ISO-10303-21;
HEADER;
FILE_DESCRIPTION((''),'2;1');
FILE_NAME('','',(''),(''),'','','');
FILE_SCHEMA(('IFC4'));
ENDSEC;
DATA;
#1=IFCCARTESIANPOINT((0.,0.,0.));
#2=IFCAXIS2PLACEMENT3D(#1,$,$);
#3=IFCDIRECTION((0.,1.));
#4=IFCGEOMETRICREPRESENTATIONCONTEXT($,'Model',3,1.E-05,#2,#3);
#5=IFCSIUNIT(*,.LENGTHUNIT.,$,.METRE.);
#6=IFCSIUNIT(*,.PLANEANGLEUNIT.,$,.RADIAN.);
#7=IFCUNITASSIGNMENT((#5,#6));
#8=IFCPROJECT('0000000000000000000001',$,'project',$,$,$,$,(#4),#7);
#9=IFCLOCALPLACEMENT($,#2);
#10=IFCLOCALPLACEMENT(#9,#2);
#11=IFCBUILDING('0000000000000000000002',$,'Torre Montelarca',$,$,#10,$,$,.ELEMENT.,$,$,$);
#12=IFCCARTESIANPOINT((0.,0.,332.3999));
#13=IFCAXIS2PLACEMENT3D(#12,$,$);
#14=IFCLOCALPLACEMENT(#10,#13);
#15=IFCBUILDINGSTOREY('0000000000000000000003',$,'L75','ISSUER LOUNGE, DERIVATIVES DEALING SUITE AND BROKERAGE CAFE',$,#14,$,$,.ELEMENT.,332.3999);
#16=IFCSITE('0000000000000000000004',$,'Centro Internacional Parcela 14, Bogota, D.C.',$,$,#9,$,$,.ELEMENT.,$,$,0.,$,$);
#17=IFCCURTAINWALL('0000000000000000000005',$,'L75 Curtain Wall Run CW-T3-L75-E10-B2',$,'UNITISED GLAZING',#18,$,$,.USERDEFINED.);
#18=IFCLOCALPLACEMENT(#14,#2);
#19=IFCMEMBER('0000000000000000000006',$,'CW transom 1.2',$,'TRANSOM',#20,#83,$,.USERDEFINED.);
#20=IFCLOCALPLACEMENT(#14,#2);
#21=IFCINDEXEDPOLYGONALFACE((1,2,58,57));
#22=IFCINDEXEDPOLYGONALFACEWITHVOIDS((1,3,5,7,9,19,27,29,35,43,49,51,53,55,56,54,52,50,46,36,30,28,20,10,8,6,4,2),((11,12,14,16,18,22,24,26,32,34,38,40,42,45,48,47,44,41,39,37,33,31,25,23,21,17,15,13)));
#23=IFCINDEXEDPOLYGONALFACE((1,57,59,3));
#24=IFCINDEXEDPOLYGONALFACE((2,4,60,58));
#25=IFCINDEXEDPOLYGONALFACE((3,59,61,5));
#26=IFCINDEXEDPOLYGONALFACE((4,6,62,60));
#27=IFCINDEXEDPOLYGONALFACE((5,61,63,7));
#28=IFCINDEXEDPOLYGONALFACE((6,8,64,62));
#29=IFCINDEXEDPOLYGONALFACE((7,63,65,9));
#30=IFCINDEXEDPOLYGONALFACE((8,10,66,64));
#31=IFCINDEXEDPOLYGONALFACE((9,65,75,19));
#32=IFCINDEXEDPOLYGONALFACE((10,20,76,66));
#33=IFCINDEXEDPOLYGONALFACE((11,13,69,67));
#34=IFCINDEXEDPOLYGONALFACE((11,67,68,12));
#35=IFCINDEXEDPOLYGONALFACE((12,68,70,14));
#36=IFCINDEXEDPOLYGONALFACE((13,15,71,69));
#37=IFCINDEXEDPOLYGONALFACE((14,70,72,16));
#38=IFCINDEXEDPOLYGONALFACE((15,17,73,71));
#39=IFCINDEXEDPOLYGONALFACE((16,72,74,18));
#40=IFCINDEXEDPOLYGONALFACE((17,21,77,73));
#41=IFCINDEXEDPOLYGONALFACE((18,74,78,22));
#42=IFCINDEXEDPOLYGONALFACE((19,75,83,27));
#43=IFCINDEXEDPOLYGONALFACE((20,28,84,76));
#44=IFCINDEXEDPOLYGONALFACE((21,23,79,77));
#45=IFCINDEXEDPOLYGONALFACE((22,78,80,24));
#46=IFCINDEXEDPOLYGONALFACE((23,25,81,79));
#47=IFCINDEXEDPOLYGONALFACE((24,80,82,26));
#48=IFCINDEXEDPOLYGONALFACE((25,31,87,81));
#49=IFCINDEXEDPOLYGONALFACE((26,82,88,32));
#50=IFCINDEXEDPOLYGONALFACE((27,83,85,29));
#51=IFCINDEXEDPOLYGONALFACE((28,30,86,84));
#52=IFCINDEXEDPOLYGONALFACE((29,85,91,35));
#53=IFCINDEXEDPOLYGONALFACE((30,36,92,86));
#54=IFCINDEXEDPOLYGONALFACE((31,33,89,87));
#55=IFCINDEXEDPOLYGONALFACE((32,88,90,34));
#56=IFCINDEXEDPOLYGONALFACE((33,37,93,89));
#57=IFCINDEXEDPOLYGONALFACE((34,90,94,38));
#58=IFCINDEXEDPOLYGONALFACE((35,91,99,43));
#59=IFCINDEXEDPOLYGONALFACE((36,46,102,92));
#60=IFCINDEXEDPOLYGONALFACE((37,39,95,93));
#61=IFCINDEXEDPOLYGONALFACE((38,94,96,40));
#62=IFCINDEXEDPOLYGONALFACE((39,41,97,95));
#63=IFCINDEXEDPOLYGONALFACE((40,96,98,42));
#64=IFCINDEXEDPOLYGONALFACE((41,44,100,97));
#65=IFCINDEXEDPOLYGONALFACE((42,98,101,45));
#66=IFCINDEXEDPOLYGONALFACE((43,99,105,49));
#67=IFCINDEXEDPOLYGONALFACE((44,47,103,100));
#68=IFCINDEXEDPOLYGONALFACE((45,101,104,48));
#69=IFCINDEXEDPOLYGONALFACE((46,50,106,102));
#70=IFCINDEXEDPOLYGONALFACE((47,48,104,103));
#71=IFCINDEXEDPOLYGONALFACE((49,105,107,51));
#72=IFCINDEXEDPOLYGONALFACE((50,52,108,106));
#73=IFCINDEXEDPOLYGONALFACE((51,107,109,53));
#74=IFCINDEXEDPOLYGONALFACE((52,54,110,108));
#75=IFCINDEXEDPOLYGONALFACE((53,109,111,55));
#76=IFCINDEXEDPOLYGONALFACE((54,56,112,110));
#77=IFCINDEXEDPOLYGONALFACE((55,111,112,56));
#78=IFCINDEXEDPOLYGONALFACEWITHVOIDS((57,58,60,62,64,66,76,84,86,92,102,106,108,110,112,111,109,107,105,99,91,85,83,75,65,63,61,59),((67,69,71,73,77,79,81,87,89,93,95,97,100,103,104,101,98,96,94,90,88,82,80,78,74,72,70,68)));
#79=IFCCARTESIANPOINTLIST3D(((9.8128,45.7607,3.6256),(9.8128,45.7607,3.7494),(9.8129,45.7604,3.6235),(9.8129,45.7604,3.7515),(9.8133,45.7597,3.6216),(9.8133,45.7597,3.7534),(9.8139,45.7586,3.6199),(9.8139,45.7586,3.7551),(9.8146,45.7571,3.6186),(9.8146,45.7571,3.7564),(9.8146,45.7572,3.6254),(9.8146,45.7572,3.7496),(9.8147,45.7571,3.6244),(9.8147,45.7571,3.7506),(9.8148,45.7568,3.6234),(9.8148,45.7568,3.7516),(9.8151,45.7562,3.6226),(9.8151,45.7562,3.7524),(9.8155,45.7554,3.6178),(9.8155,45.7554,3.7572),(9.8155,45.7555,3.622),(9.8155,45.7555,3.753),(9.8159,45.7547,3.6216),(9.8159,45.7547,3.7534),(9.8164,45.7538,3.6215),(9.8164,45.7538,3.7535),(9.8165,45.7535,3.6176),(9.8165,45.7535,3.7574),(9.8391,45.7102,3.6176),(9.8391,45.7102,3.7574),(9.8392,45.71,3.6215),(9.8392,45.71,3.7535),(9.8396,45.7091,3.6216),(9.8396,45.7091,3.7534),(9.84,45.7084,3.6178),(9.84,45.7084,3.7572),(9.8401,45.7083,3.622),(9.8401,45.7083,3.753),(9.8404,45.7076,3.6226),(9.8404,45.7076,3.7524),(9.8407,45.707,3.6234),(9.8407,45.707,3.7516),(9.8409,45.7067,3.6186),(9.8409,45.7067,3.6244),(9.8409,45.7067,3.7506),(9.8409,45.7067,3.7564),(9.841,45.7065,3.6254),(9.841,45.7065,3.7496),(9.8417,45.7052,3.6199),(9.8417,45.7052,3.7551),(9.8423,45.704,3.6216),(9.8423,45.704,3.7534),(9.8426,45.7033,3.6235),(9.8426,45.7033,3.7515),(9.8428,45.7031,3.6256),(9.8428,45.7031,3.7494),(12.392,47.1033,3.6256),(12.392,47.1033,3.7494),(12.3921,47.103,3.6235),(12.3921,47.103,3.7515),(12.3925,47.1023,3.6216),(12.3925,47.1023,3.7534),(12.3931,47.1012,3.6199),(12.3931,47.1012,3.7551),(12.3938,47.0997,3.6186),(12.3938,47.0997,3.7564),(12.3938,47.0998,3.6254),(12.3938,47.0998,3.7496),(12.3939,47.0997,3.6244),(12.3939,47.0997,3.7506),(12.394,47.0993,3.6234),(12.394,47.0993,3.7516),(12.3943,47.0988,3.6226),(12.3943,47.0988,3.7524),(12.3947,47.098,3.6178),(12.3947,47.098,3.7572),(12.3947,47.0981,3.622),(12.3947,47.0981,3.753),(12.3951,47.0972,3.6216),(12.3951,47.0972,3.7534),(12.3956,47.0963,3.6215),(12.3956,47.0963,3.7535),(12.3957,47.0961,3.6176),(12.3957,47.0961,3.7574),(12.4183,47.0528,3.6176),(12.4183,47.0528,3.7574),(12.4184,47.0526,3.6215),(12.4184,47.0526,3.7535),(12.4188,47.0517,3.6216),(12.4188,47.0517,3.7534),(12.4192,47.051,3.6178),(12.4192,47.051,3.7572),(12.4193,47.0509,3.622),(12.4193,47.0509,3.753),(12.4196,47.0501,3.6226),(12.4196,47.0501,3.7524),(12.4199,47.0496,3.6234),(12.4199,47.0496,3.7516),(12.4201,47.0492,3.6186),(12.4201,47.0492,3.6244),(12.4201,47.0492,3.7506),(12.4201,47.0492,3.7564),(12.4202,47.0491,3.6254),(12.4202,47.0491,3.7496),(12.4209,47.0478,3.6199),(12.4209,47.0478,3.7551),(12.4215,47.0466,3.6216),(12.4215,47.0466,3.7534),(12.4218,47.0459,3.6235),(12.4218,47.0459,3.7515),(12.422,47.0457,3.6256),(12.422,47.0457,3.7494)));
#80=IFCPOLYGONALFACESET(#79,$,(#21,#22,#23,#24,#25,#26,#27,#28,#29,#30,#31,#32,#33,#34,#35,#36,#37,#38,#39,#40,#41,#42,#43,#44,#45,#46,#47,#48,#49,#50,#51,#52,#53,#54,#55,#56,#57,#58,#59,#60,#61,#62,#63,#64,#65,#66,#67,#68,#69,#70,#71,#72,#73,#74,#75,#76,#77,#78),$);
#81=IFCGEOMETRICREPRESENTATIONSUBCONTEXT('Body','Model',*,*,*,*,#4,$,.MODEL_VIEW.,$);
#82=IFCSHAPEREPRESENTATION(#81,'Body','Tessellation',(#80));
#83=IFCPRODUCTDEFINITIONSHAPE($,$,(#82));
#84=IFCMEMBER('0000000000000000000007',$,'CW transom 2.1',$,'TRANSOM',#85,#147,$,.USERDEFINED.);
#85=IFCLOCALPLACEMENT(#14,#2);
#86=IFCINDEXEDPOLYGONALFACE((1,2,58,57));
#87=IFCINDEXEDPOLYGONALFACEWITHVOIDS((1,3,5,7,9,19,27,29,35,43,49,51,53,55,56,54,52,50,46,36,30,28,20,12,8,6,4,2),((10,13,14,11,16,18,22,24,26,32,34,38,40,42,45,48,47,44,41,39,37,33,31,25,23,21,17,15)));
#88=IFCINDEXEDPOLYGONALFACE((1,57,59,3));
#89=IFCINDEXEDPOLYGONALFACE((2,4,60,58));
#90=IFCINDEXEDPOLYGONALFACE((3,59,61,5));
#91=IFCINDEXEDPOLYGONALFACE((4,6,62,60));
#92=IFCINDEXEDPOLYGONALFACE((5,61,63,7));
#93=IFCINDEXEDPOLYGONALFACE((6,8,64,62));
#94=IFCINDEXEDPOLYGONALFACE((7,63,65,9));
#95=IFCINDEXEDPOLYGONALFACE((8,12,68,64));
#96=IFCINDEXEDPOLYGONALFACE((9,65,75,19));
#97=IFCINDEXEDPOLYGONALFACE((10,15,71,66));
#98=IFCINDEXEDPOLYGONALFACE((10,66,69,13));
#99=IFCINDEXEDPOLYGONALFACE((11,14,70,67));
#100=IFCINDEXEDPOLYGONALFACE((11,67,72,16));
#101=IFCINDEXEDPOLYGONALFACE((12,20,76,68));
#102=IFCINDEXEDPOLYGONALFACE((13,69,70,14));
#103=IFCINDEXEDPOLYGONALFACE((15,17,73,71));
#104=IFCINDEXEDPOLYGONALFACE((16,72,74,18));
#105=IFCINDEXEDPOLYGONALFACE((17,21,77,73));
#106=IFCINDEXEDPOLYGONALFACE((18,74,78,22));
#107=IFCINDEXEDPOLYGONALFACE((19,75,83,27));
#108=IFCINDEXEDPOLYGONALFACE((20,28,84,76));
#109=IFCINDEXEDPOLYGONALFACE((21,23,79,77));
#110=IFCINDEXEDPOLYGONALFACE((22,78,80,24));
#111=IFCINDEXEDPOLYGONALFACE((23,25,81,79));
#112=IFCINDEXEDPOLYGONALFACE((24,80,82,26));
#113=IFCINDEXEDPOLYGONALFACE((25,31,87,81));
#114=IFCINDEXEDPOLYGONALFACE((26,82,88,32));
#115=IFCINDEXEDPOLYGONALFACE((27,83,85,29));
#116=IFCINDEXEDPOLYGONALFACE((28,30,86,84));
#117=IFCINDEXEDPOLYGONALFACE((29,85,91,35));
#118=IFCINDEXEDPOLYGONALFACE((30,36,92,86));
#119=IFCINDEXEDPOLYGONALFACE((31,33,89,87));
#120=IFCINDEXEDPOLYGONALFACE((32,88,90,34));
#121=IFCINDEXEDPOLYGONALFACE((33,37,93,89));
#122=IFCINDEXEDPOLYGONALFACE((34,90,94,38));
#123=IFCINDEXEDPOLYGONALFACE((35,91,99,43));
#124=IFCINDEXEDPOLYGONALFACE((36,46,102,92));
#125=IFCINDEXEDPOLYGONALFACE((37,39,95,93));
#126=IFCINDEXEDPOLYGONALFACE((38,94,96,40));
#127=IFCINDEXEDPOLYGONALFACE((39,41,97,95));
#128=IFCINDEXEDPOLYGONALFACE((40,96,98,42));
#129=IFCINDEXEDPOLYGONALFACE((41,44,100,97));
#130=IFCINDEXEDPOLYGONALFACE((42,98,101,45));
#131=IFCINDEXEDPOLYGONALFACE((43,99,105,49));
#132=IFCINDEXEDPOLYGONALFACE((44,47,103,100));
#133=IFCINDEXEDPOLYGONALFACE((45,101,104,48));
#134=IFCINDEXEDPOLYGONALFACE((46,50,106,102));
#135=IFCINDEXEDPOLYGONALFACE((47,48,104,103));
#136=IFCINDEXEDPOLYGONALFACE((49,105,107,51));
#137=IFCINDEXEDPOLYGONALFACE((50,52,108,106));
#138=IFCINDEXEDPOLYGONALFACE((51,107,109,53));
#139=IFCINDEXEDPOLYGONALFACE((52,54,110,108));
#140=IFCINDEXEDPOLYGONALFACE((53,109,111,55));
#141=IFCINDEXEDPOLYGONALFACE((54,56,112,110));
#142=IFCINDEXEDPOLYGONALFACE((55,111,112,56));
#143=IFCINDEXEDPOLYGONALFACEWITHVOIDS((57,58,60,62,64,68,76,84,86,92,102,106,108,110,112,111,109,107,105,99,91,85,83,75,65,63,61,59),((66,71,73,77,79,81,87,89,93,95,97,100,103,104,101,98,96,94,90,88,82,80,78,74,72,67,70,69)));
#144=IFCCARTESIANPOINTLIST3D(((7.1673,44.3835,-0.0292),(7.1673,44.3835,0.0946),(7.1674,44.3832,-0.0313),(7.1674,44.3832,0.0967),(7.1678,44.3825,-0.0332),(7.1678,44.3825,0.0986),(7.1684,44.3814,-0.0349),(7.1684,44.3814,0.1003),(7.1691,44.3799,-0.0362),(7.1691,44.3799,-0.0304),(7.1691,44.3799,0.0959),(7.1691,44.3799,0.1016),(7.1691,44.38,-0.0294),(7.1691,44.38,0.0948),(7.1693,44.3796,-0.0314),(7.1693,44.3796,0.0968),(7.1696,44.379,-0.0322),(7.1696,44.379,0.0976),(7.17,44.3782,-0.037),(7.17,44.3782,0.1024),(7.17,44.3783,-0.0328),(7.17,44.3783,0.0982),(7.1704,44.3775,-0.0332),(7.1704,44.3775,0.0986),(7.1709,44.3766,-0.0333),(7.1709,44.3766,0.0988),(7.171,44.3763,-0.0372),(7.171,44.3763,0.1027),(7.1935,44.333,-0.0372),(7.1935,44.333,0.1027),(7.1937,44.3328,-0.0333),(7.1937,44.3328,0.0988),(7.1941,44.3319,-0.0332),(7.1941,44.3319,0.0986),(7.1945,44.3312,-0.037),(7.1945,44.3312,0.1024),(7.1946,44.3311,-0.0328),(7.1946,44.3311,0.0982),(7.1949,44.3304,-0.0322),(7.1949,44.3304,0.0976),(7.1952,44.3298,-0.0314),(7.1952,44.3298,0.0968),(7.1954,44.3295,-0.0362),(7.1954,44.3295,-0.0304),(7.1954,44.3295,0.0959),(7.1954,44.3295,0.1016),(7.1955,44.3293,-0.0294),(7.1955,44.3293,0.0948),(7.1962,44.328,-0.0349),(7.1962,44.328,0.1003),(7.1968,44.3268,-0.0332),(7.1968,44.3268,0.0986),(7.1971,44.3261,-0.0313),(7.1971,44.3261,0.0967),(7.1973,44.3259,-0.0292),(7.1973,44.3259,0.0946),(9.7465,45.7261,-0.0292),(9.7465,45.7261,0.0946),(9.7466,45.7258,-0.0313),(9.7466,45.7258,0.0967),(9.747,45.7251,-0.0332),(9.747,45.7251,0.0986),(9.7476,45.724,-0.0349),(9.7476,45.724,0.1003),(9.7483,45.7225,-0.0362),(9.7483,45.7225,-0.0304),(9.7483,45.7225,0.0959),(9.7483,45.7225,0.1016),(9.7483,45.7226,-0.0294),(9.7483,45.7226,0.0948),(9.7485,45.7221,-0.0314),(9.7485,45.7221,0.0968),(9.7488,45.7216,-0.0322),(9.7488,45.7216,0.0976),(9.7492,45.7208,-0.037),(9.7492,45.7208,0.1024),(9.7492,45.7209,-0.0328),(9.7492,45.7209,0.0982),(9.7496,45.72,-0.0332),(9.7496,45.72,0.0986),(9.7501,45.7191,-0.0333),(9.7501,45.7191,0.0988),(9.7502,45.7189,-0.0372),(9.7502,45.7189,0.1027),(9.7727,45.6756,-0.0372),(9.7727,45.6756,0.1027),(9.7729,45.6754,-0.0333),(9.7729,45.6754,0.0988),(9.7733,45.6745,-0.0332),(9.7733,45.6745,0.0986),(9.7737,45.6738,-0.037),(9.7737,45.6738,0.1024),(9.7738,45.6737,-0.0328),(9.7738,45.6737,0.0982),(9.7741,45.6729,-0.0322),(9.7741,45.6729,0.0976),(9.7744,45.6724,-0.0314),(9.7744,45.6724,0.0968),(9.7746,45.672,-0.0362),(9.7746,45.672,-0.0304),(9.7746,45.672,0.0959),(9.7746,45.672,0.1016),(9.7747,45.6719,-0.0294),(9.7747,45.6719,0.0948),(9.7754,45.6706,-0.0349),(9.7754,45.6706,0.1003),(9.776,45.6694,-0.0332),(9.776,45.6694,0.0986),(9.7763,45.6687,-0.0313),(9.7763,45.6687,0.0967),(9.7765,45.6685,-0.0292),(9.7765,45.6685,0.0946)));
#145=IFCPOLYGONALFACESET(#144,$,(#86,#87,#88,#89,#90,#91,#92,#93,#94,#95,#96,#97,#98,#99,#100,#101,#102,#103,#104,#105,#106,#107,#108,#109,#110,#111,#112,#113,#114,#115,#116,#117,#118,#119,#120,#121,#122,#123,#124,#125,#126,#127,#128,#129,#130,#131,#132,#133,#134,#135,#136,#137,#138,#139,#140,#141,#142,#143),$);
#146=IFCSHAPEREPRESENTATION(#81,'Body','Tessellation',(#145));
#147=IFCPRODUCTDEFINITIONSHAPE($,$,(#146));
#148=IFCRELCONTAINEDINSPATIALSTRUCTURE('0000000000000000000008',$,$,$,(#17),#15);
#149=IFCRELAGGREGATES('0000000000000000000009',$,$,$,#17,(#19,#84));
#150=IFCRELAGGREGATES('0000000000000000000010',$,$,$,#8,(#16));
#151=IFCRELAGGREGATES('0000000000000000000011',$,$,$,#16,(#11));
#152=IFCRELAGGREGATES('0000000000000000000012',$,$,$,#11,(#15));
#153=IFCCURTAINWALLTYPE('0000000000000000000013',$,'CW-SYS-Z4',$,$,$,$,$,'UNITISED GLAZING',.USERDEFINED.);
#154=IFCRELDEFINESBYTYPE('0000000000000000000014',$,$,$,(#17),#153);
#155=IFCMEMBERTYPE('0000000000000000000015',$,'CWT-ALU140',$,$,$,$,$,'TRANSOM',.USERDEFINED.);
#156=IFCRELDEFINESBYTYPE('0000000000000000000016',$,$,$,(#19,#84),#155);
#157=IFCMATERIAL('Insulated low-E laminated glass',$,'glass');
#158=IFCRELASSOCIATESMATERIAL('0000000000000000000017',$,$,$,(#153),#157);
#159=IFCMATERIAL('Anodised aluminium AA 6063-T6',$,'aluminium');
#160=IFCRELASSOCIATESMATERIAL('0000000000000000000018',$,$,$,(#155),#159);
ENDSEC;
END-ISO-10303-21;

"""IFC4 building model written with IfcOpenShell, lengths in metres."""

from ifc_helpers import new_model, si_unit, direction, frame, origin, origin_2d, place, context, subcontext, project, spatial, hollow_rectangle, extrude, source, transform, mapped, material, material_profile, profile_set, type_object, element, aggregate, save


model = new_model("IFC4")

# Units and contexts
model_context = context("Model", 3, precision=1e-05, world=origin(), true_north=direction((0.0, 1.0)))
body_context = subcontext(model_context, "Body", "Model", "MODEL_VIEW")
ifc_project = project(units=[si_unit("LENGTHUNIT", "METRE"), si_unit("PLANEANGLEUNIT", "RADIAN")], contexts=[model_context])

# Site, building, storey
site_placement = place(None, origin())
site = spatial("IfcSite", under=ifc_project, at=site_placement, Name="Centro Internacional Parcela 14, Bogota, D.C.", CompositionType="ELEMENT", RefElevation=0.0)
building_placement = place(site_placement, origin())
building = spatial("IfcBuilding", under=site, at=building_placement, Name="Torre Montelarca", CompositionType="ELEMENT")
storey_placement = place(building_placement, frame((0.0, 0.0, 332.3999)))
storey = spatial("IfcBuildingStorey", under=building, at=storey_placement, Name="L75", Description="ISSUER LOUNGE, DERIVATIVES DEALING SUITE AND BROKERAGE CAFE", CompositionType="ELEMENT", Elevation=332.3999)

# Curtain wall
ifc_material_1 = material(Name="Insulated low-E laminated glass", Category="glass")
curtain_wall_type = type_object("IfcCurtainWallType", Name="CW-SYS-Z4", ElementType="UNITISED GLAZING", PredefinedType="USERDEFINED", material=ifc_material_1)
curtain_wall_1_placement = place(storey_placement, origin())
curtain_wall_1 = element("IfcCurtainWall", 1, at=curtain_wall_1_placement, inside=storey, type_object=curtain_wall_type, Name="L75 Curtain Wall Run CW-T3-L75-E10-B2", ObjectType="UNITISED GLAZING", PredefinedType="USERDEFINED")
ifc_material_2 = material(Name="Anodised aluminium AA 6063-T6", Category="aluminium")
ifc_material_profile_1 = material_profile(ifc_material_2, hollow_rectangle(XDim=0.0649, YDim=0.1399, WallThickness=0.0039, InnerFilletRadius=0.0039, OuterFilletRadius=0.0081, at=origin_2d()), Name="ALU65X140X4", Category="aluminium")
ifc_profile_set_1 = profile_set([ifc_material_profile_1], Name="Anodised aluminium AA 6063-T6")
member_type_1 = type_object("IfcMemberType", Name="CWT-ALU140", ElementType="TRANSOM", PredefinedType="USERDEFINED", material=ifc_profile_set_1)

# Members
shared_shape_1 = source(origin(), body_context, "Body", "SweptSolid", [
    extrude(hollow_rectangle(XDim=0.0649, YDim=0.1399, WallThickness=0.0039, InnerFilletRadius=0.0039, OuterFilletRadius=0.0081, at=origin_2d()), origin(), (0.0, 0.0, 1.0), 2.9077),
])
member_1_placement = place(storey_placement, frame((12.407, 47.0745, 3.6875), z_axis=(-0.88702, -0.461731, 0.0), x_axis=(0.461731, -0.88702, 0.0)))
member_1 = element("IfcMember", 2, at=member_1_placement, type_object=member_type_1, Name="CW transom 1.2", ObjectType="TRANSOM", PredefinedType="USERDEFINED", context=body_context, shape_type="MappedRepresentation", body=[
    mapped(shared_shape_1, transform((0.0, 0.0, 0.0), scale=1.0)),
])
member_2_placement = place(storey_placement, frame((9.7615, 45.6973, 0.0327), z_axis=(-0.88702, -0.461731, 0.0), x_axis=(0.461731, -0.88702, 0.0)))
member_2 = element("IfcMember", 3, at=member_2_placement, type_object=member_type_1, Name="CW transom 2.1", ObjectType="TRANSOM", PredefinedType="USERDEFINED", context=body_context, shape_type="MappedRepresentation", body=[
    mapped(shared_shape_1, transform((0.0, 0.0, 0.0), scale=1.0)),
])

aggregate(curtain_wall_1, [member_1, member_2])

save(model, "model.ifc")
